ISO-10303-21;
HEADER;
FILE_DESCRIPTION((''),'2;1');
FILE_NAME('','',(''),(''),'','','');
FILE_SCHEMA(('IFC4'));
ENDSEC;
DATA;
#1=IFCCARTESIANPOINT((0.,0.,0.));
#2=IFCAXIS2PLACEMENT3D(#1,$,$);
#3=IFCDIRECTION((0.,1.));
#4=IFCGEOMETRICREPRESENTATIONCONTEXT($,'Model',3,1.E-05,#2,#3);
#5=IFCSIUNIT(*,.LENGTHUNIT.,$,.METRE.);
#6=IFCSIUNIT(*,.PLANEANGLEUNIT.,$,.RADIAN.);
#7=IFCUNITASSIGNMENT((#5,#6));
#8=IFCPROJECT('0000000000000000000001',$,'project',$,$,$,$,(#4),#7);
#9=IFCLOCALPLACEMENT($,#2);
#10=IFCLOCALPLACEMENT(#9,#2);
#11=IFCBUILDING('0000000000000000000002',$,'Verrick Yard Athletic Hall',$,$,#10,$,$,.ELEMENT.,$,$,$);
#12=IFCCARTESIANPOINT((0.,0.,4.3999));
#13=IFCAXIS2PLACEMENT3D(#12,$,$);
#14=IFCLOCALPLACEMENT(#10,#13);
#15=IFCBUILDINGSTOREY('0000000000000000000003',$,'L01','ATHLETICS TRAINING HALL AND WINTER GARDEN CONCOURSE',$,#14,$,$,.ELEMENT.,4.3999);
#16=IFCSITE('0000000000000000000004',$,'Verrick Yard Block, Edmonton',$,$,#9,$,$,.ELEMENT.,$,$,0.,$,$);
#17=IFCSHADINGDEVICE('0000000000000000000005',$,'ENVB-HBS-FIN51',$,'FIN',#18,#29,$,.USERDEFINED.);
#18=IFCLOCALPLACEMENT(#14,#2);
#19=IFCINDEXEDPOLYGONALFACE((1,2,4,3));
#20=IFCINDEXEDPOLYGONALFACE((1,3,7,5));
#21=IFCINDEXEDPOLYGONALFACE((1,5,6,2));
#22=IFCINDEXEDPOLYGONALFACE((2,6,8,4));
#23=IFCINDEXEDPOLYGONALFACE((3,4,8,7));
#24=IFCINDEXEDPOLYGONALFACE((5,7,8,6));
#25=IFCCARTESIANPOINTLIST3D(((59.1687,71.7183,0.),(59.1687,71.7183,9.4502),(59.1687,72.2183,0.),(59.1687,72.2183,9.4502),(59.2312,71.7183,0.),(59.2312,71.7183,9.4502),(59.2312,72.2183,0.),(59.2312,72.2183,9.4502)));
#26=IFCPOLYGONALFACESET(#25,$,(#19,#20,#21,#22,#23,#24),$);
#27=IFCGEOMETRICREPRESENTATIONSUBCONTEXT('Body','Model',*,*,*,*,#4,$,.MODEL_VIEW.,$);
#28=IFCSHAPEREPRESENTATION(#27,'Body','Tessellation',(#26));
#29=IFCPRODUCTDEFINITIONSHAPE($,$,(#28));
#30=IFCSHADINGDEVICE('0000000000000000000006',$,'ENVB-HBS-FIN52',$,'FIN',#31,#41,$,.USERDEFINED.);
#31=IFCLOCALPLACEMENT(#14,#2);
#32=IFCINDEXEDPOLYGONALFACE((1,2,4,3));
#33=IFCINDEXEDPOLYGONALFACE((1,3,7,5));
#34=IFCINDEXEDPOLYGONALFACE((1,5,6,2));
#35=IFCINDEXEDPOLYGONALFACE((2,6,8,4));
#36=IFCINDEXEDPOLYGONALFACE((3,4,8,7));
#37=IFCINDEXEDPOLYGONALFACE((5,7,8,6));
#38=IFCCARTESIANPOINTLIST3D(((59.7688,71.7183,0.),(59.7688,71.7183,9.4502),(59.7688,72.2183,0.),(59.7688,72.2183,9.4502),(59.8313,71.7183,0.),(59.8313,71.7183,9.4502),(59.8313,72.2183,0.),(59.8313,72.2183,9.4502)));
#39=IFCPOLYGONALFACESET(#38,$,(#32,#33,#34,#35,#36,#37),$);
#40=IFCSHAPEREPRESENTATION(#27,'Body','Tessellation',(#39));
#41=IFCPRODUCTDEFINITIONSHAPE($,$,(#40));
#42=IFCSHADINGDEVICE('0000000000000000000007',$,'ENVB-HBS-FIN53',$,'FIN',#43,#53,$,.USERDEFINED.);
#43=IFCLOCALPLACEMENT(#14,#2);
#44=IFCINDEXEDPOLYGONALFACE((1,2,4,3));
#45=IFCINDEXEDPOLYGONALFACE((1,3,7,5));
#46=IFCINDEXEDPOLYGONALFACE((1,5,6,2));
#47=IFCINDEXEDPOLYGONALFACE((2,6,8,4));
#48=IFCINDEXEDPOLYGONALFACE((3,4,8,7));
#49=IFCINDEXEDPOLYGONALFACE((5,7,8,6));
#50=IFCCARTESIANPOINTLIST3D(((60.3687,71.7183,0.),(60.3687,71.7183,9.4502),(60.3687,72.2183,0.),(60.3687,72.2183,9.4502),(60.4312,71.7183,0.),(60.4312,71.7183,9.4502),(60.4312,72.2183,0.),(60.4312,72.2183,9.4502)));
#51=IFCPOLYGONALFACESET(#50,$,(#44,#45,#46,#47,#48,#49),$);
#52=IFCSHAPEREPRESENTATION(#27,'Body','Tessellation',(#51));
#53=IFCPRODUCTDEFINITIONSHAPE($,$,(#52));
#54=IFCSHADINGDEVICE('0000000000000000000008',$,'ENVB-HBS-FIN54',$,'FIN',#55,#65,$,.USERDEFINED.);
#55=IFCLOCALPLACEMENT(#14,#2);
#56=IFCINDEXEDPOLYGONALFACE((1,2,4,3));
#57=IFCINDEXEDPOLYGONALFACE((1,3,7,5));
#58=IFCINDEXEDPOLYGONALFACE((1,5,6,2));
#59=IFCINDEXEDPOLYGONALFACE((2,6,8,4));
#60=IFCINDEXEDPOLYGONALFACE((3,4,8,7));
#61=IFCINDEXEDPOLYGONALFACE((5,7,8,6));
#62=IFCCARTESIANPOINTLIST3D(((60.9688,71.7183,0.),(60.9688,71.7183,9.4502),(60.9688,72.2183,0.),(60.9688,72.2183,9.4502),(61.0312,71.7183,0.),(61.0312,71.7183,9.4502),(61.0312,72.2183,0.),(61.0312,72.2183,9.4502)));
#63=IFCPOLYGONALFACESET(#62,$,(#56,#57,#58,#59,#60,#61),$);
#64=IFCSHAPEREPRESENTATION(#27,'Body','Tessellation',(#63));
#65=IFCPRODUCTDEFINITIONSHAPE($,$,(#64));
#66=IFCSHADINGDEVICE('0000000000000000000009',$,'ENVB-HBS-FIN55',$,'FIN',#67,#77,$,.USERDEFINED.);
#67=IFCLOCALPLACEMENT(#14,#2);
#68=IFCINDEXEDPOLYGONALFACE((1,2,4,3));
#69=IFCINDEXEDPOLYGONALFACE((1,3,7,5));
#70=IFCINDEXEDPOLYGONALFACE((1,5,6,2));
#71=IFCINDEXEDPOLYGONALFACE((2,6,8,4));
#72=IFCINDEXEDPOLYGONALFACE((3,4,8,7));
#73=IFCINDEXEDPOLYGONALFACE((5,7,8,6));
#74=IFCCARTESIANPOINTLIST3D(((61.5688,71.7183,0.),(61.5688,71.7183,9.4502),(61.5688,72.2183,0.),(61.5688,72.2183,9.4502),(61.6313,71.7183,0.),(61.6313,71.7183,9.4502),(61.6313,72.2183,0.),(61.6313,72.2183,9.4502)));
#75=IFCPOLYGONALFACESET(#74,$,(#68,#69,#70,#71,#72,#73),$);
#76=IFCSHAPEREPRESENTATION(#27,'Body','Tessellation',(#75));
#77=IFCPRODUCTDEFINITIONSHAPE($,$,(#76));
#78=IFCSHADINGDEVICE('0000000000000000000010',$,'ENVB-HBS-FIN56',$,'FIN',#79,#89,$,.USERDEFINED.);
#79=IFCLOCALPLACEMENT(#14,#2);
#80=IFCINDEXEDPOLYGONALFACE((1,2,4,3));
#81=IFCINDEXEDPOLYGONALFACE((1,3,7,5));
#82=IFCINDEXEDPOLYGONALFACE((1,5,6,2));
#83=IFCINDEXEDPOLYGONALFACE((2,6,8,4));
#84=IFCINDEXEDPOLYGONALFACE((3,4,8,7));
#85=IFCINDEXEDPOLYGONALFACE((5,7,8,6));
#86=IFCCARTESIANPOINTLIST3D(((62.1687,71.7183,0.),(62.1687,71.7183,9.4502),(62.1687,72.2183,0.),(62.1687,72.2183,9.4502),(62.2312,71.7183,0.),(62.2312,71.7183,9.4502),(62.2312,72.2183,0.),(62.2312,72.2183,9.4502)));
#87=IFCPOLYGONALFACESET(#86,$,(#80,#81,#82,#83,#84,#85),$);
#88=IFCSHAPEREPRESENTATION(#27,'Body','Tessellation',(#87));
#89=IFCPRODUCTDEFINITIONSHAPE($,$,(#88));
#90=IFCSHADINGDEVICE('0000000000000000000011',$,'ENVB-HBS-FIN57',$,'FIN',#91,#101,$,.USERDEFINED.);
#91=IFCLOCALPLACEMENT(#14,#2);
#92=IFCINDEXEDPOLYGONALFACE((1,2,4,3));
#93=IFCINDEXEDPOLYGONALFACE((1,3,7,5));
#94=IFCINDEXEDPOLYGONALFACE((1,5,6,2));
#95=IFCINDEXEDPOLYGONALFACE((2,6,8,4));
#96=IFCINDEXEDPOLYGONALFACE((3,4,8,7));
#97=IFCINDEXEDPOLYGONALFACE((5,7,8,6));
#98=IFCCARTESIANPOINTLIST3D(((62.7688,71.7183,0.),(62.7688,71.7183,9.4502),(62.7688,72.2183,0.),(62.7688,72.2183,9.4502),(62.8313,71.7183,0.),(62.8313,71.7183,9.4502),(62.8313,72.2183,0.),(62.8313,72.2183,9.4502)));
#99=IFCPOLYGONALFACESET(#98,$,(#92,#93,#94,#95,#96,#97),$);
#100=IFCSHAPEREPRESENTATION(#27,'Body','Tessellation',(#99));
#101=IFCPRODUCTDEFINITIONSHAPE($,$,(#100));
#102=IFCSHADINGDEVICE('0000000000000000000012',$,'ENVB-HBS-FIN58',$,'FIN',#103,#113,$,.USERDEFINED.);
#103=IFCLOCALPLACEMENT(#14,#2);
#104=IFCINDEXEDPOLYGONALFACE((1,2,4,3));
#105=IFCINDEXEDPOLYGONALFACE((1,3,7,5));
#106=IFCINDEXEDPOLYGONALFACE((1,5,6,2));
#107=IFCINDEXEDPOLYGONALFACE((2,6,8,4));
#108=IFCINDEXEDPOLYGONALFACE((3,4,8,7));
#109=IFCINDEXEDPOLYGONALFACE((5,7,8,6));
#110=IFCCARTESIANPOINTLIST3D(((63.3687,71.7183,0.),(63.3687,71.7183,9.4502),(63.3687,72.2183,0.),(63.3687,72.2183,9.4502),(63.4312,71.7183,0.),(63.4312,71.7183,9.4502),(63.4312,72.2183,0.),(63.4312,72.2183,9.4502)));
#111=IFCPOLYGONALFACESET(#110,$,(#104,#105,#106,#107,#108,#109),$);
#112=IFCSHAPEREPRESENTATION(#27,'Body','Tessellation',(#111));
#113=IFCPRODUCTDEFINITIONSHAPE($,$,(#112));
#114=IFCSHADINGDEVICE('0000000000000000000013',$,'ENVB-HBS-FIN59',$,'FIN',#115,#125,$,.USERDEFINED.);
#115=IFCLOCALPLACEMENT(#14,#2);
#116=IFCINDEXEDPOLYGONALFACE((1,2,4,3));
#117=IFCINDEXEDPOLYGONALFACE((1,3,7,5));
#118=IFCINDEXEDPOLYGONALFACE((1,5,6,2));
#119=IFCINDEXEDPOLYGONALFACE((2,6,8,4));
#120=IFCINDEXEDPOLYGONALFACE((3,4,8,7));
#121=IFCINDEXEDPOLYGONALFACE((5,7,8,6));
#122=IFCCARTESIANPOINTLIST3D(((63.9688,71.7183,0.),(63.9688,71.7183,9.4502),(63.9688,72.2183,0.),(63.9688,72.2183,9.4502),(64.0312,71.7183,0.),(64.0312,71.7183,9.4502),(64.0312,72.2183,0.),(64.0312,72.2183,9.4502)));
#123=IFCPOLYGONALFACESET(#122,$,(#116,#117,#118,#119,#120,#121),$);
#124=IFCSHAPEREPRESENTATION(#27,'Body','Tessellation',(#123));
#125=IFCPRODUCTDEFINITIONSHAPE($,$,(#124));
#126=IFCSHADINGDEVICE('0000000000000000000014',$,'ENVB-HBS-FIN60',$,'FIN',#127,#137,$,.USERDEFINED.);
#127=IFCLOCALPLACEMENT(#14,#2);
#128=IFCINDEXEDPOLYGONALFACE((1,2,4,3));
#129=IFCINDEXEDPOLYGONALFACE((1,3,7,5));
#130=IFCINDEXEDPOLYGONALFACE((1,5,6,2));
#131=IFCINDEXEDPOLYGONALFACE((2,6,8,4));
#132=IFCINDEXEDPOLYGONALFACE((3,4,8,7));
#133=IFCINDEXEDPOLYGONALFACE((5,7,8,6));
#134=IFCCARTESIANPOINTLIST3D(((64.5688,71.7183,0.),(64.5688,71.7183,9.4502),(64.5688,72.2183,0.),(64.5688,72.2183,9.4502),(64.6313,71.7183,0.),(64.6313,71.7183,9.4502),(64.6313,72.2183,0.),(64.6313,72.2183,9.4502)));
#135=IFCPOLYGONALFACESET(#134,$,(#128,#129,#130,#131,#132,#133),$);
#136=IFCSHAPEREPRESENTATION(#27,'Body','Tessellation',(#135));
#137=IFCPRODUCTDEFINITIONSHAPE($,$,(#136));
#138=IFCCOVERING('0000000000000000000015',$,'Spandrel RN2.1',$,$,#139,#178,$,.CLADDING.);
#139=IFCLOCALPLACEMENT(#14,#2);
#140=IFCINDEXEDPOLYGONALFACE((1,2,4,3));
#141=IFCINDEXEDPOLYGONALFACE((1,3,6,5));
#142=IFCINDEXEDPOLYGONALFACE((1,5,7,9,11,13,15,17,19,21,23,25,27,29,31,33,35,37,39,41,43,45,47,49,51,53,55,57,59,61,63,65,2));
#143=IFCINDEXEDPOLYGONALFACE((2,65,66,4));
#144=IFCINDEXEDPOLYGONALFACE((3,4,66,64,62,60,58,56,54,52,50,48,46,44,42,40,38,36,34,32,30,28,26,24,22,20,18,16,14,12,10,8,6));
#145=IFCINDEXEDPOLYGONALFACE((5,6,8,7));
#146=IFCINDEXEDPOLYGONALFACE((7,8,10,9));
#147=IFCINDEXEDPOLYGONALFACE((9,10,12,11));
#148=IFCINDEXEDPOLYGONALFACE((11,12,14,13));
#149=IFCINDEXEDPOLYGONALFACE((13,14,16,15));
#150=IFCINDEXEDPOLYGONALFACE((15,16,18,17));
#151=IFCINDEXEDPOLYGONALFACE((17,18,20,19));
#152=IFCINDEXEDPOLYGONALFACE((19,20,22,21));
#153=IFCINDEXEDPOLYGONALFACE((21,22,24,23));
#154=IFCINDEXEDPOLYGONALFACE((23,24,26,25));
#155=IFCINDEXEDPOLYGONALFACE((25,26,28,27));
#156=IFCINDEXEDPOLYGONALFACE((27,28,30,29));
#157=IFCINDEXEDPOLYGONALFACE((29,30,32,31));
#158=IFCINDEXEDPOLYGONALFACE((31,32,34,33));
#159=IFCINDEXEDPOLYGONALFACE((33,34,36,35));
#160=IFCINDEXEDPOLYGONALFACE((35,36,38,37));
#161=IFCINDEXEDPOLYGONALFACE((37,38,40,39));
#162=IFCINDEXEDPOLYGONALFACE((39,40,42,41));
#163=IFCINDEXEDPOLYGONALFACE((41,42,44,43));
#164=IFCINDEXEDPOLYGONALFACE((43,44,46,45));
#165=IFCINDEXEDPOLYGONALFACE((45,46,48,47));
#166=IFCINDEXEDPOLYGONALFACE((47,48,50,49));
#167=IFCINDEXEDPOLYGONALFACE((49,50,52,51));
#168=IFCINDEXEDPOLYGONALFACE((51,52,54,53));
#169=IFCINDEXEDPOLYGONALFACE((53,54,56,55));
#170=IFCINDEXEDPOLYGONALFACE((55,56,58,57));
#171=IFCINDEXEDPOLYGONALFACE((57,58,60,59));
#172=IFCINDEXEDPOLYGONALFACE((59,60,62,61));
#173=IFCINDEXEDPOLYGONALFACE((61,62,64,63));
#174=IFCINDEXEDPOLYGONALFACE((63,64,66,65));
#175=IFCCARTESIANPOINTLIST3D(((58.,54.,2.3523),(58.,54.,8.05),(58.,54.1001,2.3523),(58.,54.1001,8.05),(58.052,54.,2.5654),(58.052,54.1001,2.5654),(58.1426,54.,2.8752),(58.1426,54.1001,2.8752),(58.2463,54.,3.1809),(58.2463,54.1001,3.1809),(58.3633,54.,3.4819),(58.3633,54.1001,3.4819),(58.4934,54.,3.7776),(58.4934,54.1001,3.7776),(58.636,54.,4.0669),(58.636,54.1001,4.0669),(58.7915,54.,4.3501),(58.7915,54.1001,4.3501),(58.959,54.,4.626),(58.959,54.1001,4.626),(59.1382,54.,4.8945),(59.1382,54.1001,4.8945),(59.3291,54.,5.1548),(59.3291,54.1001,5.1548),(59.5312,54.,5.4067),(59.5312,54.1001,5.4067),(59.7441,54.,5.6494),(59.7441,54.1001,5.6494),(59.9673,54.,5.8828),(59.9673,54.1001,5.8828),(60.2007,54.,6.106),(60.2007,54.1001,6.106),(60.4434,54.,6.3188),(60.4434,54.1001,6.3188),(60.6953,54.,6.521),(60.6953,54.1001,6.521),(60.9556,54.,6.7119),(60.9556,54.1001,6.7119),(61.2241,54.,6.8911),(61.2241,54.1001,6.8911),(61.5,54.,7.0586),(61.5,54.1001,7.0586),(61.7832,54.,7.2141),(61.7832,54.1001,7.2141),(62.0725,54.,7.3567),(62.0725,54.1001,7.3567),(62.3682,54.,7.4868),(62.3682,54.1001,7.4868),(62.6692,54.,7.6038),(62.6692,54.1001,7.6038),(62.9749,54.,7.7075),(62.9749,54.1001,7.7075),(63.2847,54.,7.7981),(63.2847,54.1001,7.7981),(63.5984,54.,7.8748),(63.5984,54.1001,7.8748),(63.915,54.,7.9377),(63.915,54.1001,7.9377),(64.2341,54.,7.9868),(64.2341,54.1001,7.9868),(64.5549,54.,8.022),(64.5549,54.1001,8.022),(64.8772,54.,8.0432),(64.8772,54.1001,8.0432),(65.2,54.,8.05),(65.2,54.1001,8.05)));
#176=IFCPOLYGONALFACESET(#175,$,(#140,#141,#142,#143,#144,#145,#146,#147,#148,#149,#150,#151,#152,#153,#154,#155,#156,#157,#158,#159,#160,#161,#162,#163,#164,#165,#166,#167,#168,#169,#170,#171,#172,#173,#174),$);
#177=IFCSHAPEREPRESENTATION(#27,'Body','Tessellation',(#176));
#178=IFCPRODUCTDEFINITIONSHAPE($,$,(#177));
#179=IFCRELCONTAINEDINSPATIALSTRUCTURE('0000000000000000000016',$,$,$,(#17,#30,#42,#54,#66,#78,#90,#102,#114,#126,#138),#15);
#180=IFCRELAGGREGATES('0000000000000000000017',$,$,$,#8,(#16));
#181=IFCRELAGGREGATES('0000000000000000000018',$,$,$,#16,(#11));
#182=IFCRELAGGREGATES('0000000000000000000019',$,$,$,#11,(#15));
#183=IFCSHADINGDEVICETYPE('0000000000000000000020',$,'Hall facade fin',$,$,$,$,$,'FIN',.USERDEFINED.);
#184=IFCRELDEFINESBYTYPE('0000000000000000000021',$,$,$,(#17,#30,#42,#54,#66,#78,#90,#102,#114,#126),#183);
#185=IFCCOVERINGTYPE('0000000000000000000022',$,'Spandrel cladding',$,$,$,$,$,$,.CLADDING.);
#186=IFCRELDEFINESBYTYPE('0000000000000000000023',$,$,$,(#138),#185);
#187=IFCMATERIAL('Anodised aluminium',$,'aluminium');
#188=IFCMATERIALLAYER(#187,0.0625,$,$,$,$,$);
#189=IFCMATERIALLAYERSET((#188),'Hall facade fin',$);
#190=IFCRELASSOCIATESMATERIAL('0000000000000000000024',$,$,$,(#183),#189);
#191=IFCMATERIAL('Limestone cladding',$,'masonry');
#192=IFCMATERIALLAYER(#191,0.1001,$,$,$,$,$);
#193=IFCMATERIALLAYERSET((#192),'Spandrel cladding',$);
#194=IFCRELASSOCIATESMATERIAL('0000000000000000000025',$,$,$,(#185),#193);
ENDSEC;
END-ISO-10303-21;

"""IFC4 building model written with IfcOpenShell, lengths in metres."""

from ifc_helpers import new_model, si_unit, direction, frame, origin, place, context, subcontext, project, spatial, polyline, outline, extrude, material, layer, layer_set, type_object, element, save


model = new_model("IFC4")

# Units and contexts
model_context = context("Model", 3, precision=1e-05, world=origin(), true_north=direction((0.0, 1.0)))
body_context = subcontext(model_context, "Body", "Model", "MODEL_VIEW")
ifc_project = project(units=[si_unit("LENGTHUNIT", "METRE"), si_unit("PLANEANGLEUNIT", "RADIAN")], contexts=[model_context])

# Site, building, storey
site_placement = place(None, origin())
site = spatial("IfcSite", under=ifc_project, at=site_placement, Name="Verrick Yard Block, Edmonton", CompositionType="ELEMENT", RefElevation=0.0)
building_placement = place(site_placement, origin())
building = spatial("IfcBuilding", under=site, at=building_placement, Name="Verrick Yard Athletic Hall", CompositionType="ELEMENT")
storey_placement = place(building_placement, frame((0.0, 0.0, 4.3999)))
storey = spatial("IfcBuildingStorey", under=building, at=storey_placement, Name="L01", Description="ATHLETICS TRAINING HALL AND WINTER GARDEN CONCOURSE", CompositionType="ELEMENT", Elevation=4.3999)

# Shared definitions
ifc_material_1 = material(Name="Anodised aluminium", Category="aluminium")

# Shared definitions
ifc_material_2 = material(Name="Limestone cladding", Category="masonry")

# Shading devices
ifc_layer_1 = layer(ifc_material_1, 0.0625)
ifc_layer_set_1 = layer_set([ifc_layer_1], Name="Hall facade fin")
shading_device_type = type_object("IfcShadingDeviceType", Name="Hall facade fin", ElementType="FIN", PredefinedType="USERDEFINED", material=ifc_layer_set_1)
for number, where, z_axis, x_axis, name in (
    (1, (59.2, 71.7183, 0.0), (0.0, 0.0, 1.0), (0.0, 1.0, 0.0), "ENVB-HBS-FIN51"),
    (2, (59.8, 71.7183, 0.0), (0.0, 0.0, 1.0), (0.0, 1.0, 0.0), "ENVB-HBS-FIN52"),
    (3, (60.3999, 71.7183, 0.0), (0.0, 0.0, 1.0), (0.0, 1.0, 0.0), "ENVB-HBS-FIN53"),
    (4, (61.0, 71.7183, 0.0), (0.0, 0.0, 1.0), (0.0, 1.0, 0.0), "ENVB-HBS-FIN54"),
    (5, (61.6001, 71.7183, 0.0), (0.0, 0.0, 1.0), (0.0, 1.0, 0.0), "ENVB-HBS-FIN55"),
    (6, (62.2, 71.7183, 0.0), (0.0, 0.0, 1.0), (0.0, 1.0, 0.0), "ENVB-HBS-FIN56"),
    (7, (62.8, 71.7183, 0.0), (0.0, 0.0, 1.0), (0.0, 1.0, 0.0), "ENVB-HBS-FIN57"),
    (8, (63.3999, 71.7183, 0.0), (0.0, 0.0, 1.0), (0.0, 1.0, 0.0), "ENVB-HBS-FIN58"),
    (9, (64.0, 71.7183, 0.0), (0.0, 0.0, 1.0), (0.0, 1.0, 0.0), "ENVB-HBS-FIN59"),
    (10, (64.6001, 71.7183, 0.0), (0.0, 0.0, 1.0), (0.0, 1.0, 0.0), "ENVB-HBS-FIN60"),
):
    element("IfcShadingDevice", number, at=place(storey_placement, frame(where, z_axis=z_axis, x_axis=x_axis)), inside=storey, type_object=shading_device_type, Name=name, ObjectType="FIN", PredefinedType="USERDEFINED", context=body_context, shape_type="SweptSolid", body=[
        extrude(outline(polyline([(0.0, 0.0), (0.5, 0.0), (0.5, 9.4502), (0.0, 9.4502), (0.0, 0.0)])), frame((0.0, 0.0312, 0.0), z_axis=(0.0, -1.0, 0.0), x_axis=(1.0, 0.0, 0.0)), (0.0, 0.0, 1.0), 0.0625),
    ])

# Covering
ifc_layer_2 = layer(ifc_material_2, 0.1001)
ifc_layer_set_2 = layer_set([ifc_layer_2], Name="Spandrel cladding")
covering_type_1 = type_object("IfcCoveringType", Name="Spandrel cladding", PredefinedType="CLADDING", material=ifc_layer_set_2)
covering_1_placement = place(storey_placement, frame((58.0, 54.05, 2.3523), z_axis=(0.0, 0.0, 1.0), x_axis=(1.0, 0.0, 0.0)))
element("IfcCovering", 11, at=covering_1_placement, inside=storey, type_object=covering_type_1, Name="Spandrel RN2.1", PredefinedType="CLADDING", context=body_context, shape_type="SweptSolid", body=[
    extrude(outline(polyline([(0.0, 0.0), (0.052, 0.2131), (0.1426, 0.5229), (0.2463, 0.8286), (0.3633, 1.1296), (0.4934, 1.4253), (0.636, 1.7146), (0.7915, 1.9978), (0.959, 2.2737), (1.1382, 2.5422), (1.3291, 2.8025), (1.5312, 3.0544), (1.7441, 3.2971), (1.9673, 3.5305), (2.2007, 3.7537), (2.4434, 3.9666), (2.6953, 4.1687), (2.9556, 4.3596), (3.2241, 4.5388), (3.5, 4.7063), (3.7832, 4.8618), (4.0725, 5.0044), (4.3682, 5.1345), (4.6692, 5.2515), (4.9749, 5.3552), (5.2847, 5.4458), (5.5984, 5.5225), (5.915, 5.5854), (6.2341, 5.6345), (6.5549, 5.6697), (6.8772, 5.6909), (7.2, 5.6978), (0.0, 5.6978), (0.0, 0.0)])), frame((0.0, 0.05, 0.0), z_axis=(0.0, -1.0, 0.0), x_axis=(1.0, 0.0, 0.0)), (0.0, 0.0, 1.0), 0.1001),
])

save(model, "model.ifc")
